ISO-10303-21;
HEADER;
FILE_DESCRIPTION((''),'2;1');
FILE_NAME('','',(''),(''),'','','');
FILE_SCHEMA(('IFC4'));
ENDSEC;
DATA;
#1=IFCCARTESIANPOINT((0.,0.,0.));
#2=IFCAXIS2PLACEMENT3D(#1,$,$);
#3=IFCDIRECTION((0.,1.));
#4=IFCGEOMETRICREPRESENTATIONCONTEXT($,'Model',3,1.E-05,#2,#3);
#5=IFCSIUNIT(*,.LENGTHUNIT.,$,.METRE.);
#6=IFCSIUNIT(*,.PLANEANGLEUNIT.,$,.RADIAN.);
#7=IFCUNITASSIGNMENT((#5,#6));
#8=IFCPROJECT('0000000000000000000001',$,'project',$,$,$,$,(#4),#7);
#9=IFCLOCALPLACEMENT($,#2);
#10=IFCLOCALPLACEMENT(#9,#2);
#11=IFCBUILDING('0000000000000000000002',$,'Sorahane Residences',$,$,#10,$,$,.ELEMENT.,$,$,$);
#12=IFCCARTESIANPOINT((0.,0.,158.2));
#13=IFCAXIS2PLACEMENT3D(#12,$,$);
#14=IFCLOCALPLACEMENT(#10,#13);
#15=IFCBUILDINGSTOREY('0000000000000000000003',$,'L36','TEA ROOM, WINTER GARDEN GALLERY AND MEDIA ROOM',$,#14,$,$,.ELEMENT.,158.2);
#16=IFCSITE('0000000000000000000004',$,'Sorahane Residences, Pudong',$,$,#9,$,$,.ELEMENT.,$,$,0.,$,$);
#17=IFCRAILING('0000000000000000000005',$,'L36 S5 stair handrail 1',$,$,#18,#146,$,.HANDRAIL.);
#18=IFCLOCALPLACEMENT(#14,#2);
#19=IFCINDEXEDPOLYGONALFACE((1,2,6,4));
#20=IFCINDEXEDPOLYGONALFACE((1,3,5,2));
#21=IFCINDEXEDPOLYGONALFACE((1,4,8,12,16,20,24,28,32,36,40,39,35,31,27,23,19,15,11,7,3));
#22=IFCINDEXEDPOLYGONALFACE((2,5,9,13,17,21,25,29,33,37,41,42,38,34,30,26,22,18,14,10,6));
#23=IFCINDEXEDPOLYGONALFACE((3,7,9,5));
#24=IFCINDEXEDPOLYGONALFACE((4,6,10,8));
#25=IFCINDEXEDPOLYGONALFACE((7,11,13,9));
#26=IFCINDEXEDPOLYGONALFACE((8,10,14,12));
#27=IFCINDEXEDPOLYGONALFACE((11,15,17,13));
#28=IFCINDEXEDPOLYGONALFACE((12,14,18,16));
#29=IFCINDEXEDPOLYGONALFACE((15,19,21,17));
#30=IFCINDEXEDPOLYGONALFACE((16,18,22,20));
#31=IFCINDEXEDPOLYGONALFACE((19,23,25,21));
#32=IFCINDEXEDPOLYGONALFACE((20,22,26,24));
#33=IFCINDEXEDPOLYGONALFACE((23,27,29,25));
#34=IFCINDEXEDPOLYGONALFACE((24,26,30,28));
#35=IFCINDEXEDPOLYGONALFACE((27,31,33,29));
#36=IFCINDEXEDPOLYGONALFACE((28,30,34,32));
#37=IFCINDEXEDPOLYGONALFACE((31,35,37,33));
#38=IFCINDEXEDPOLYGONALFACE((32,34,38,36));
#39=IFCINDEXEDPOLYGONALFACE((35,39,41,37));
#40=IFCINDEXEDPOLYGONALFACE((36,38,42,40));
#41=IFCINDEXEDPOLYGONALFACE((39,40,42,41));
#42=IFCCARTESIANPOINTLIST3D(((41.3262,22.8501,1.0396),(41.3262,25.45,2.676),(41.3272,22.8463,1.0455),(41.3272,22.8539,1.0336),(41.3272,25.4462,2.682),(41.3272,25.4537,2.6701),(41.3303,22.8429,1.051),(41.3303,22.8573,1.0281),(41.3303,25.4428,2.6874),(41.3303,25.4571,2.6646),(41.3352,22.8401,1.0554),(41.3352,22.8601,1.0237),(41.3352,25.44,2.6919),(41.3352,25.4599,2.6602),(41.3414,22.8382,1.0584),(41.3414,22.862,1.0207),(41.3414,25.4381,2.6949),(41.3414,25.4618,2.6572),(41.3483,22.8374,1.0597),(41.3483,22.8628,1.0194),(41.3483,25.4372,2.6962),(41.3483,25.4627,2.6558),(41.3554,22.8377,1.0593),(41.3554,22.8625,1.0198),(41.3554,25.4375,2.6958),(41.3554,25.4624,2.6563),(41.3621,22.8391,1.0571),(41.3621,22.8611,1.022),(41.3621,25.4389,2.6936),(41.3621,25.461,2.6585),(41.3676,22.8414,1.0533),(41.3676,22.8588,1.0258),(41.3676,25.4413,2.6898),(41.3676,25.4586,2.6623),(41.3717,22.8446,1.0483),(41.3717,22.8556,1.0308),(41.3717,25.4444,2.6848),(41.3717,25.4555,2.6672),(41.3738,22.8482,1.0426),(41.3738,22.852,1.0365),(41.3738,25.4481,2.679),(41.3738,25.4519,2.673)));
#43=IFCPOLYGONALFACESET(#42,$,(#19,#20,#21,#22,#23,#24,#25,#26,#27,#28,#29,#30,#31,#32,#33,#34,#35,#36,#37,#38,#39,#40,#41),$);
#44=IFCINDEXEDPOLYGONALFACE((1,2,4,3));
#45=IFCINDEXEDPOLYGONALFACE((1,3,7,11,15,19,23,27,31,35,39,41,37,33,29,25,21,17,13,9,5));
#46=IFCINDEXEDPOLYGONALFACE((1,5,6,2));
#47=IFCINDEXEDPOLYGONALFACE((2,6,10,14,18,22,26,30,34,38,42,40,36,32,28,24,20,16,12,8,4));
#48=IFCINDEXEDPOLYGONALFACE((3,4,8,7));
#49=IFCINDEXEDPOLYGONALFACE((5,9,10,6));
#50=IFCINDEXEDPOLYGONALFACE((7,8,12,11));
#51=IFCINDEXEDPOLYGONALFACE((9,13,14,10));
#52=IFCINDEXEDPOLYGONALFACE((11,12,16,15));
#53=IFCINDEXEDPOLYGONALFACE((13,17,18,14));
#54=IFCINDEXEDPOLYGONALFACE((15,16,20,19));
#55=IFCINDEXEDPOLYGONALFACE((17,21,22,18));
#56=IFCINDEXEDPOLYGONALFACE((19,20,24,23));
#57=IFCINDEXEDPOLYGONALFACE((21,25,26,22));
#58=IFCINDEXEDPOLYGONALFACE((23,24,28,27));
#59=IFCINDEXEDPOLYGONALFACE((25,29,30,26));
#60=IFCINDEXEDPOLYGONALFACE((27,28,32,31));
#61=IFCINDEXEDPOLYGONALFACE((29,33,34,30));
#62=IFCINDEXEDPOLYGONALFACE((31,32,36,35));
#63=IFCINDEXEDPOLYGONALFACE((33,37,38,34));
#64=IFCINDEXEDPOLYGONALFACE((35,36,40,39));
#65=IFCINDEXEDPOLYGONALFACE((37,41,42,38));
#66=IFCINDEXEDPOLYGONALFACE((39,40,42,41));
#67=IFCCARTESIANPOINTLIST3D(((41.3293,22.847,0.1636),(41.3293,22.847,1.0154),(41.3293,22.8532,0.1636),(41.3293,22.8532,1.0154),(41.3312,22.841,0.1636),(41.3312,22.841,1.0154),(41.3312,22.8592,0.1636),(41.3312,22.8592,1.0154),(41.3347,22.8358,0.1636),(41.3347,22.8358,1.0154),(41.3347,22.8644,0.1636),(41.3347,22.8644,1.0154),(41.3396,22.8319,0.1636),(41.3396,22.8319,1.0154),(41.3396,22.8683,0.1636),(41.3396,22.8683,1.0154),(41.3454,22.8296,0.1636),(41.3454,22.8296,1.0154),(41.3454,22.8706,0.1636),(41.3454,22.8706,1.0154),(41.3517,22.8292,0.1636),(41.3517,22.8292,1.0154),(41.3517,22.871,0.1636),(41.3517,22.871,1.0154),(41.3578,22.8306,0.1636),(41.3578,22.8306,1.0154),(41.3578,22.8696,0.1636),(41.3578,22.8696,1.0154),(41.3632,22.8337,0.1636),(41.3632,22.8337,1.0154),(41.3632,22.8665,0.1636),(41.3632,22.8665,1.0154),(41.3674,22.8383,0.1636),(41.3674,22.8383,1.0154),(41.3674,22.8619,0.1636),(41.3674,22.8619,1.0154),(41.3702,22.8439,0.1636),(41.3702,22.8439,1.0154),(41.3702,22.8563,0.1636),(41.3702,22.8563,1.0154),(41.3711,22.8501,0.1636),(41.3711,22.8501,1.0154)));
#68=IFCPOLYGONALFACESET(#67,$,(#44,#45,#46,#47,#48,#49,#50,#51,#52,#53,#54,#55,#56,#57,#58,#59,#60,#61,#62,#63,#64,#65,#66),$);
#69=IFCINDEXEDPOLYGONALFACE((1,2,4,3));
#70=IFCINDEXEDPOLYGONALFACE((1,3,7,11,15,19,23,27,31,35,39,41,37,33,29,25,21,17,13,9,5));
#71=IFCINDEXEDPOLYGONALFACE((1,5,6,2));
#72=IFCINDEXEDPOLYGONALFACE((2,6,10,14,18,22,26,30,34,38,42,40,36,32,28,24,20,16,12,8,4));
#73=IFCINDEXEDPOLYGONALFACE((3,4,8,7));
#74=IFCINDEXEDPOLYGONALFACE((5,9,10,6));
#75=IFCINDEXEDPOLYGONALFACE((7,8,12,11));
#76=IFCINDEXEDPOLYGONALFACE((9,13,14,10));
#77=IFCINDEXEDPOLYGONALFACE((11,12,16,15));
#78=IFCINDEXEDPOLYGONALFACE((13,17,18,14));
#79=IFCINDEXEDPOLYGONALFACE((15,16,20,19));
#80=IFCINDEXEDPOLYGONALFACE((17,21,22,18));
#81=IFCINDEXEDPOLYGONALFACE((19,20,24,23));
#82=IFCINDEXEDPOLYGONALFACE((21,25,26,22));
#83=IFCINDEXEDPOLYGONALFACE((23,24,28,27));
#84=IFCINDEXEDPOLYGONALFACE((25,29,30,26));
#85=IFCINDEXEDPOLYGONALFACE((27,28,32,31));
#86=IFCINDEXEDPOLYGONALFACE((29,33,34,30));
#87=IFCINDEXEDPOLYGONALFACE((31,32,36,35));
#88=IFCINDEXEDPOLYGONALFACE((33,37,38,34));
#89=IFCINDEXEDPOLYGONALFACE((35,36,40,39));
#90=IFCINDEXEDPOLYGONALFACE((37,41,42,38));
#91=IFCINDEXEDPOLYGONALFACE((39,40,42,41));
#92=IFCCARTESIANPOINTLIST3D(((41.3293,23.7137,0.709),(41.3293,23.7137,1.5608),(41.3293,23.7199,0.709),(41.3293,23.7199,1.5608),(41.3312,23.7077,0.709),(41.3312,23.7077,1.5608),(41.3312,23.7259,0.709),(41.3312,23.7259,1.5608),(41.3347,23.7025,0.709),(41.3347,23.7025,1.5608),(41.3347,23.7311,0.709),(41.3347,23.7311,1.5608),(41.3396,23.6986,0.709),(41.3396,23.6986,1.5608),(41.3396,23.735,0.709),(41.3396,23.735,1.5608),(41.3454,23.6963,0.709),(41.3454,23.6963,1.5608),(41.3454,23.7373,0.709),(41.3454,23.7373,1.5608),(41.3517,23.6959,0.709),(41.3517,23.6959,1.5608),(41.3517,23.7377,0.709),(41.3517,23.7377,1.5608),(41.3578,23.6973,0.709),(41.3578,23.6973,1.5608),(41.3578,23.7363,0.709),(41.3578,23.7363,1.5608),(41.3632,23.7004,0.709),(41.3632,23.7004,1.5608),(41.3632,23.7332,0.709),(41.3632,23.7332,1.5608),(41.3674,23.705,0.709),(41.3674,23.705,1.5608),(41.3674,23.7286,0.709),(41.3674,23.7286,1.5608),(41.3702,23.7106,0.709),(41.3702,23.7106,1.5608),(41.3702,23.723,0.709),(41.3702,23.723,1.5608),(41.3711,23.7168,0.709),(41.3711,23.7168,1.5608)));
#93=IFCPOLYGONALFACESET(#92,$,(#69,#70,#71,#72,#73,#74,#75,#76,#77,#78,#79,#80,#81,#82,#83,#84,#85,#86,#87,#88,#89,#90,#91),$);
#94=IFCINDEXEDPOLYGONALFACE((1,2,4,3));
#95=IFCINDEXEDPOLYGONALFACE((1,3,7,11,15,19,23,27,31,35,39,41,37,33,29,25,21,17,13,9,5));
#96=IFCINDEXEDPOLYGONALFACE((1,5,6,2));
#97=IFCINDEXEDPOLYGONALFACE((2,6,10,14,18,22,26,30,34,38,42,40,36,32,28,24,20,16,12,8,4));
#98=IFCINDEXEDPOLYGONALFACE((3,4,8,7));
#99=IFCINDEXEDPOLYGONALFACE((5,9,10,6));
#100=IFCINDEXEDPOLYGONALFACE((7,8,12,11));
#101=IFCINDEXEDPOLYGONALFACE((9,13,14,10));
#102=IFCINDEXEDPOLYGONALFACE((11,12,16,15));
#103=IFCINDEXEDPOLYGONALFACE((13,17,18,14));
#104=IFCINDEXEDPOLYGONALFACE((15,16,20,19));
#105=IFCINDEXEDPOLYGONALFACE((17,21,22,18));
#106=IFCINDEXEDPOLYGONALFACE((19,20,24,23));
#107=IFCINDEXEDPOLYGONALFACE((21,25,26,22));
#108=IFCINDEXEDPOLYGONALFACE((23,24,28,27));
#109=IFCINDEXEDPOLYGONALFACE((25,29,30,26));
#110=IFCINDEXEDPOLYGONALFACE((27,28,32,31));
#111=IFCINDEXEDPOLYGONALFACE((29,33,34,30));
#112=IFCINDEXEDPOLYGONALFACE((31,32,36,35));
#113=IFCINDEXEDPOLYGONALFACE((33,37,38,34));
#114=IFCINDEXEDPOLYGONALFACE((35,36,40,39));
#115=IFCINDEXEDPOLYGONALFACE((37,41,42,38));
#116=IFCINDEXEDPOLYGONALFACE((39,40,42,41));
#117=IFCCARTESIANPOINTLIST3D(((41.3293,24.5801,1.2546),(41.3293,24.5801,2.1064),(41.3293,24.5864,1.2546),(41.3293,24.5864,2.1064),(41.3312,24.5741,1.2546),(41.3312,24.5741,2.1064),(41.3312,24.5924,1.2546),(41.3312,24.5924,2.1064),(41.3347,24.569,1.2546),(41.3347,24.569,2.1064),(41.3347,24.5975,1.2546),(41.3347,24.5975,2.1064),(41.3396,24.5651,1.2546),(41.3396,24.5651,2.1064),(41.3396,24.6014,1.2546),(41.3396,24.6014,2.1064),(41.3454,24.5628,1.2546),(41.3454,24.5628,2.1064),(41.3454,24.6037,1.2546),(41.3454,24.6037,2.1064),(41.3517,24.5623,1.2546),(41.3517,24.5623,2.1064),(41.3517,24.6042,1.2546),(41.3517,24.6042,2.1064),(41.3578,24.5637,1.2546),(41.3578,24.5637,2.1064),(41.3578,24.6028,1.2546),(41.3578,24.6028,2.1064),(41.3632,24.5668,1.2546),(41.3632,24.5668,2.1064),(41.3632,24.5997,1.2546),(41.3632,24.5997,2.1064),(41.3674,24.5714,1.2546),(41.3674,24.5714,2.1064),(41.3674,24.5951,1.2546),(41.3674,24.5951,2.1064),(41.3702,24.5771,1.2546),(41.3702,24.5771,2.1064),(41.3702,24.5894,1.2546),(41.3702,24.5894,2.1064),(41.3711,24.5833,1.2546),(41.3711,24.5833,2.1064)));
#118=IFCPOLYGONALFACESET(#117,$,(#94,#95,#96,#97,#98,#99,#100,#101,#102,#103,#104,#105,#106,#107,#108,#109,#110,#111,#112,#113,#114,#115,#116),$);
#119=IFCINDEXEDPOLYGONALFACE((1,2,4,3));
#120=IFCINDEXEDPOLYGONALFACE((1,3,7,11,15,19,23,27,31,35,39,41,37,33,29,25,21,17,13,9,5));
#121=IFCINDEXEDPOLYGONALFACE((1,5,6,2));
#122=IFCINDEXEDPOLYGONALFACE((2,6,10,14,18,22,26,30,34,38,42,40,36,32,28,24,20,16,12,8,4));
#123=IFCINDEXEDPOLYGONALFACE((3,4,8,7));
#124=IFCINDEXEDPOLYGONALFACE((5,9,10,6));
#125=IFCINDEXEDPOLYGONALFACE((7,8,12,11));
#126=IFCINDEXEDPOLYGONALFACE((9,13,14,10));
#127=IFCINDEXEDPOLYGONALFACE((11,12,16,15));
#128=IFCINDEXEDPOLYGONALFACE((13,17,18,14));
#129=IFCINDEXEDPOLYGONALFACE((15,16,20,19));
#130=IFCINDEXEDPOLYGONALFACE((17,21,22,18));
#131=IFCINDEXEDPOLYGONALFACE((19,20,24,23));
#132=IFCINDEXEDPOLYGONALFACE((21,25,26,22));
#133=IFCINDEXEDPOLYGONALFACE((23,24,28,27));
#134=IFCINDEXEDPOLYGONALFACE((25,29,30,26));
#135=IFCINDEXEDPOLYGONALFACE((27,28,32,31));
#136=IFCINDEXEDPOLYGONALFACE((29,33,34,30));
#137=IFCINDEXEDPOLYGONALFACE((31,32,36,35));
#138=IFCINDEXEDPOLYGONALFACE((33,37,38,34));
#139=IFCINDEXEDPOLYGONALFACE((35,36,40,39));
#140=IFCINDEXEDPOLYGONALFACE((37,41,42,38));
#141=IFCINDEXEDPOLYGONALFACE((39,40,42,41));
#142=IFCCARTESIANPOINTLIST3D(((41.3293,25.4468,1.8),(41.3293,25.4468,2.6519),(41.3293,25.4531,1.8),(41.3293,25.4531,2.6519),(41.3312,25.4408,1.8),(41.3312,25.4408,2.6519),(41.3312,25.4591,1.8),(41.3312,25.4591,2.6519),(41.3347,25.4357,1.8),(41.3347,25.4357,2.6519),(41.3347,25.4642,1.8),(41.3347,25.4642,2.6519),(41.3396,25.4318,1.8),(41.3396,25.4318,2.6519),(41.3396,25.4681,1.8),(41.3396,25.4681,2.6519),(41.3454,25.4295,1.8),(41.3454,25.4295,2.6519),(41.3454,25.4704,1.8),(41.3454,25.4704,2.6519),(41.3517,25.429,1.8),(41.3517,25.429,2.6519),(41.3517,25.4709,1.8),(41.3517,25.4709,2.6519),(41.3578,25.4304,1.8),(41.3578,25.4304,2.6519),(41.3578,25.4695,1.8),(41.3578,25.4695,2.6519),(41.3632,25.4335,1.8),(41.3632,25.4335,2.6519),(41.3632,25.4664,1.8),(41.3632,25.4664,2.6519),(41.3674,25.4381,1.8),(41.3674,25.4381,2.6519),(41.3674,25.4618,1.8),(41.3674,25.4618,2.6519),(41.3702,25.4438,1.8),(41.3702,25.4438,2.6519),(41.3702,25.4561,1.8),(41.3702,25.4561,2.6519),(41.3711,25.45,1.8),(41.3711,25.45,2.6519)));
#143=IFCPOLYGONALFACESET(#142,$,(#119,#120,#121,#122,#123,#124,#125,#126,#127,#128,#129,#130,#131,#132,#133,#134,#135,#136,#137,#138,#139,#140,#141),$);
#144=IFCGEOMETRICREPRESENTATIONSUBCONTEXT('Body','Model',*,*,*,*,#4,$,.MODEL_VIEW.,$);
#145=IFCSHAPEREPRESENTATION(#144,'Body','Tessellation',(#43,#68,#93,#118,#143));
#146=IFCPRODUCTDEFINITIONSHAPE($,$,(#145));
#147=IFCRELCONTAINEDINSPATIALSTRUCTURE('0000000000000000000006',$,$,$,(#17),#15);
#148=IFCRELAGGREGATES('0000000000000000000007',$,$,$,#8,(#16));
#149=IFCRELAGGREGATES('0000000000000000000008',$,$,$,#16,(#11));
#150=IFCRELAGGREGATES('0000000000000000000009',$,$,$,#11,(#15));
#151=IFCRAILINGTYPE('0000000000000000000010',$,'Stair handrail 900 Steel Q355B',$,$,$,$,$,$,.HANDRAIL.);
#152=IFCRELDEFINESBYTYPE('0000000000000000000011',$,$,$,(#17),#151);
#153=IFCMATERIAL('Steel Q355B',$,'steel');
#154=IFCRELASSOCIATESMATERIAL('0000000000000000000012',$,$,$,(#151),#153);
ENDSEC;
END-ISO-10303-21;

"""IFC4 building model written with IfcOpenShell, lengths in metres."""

from ifc_helpers import new_model, si_unit, direction, frame, origin, origin_2d, place, context, subcontext, project, spatial, circle, extrude, material, type_object, element, save


model = new_model("IFC4")

# Units and contexts
model_context = context("Model", 3, precision=1e-05, world=origin(), true_north=direction((0.0, 1.0)))
body_context = subcontext(model_context, "Body", "Model", "MODEL_VIEW")
ifc_project = project(units=[si_unit("LENGTHUNIT", "METRE"), si_unit("PLANEANGLEUNIT", "RADIAN")], contexts=[model_context])

# Site, building, storey
site_placement = place(None, origin())
site = spatial("IfcSite", under=ifc_project, at=site_placement, Name="Sorahane Residences, Pudong", CompositionType="ELEMENT", RefElevation=0.0)
building_placement = place(site_placement, origin())
building = spatial("IfcBuilding", under=site, at=building_placement, Name="Sorahane Residences", CompositionType="ELEMENT")
storey_placement = place(building_placement, frame((0.0, 0.0, 158.2)))
storey = spatial("IfcBuildingStorey", under=building, at=storey_placement, Name="L36", Description="TEA ROOM, WINTER GARDEN GALLERY AND MEDIA ROOM", CompositionType="ELEMENT", Elevation=158.2)

# Railing
ifc_material_1 = material(Name="Steel Q355B", Category="steel")
railing_type_1 = type_object("IfcRailingType", Name="Stair handrail 900 Steel Q355B", PredefinedType="HANDRAIL", material=ifc_material_1)
railing_1_placement = place(storey_placement, frame((41.3501, 22.8501, 0.1636)))
element("IfcRailing", 1, at=railing_1_placement, inside=storey, type_object=railing_type_1, Name="L36 S5 stair handrail 1", PredefinedType="HANDRAIL", context=body_context, shape_type="SweptSolid", body=[
    extrude(circle(Radius=0.0239, at=origin_2d()), frame((0.0, 0.0, 0.876), z_axis=(0.0, 0.846302, 0.532704), x_axis=(-1.0, 0.0, 0.0)), (0.0, 0.0, 1.0), 3.072),
    extrude(circle(Radius=0.021, at=origin_2d()), origin(), (0.0, 0.0, 1.0), 0.8518),
    extrude(circle(Radius=0.021, at=origin_2d()), frame((0.0, 0.8667, 0.5454)), (0.0, 0.0, 1.0), 0.8518),
    extrude(circle(Radius=0.021, at=origin_2d()), frame((0.0, 1.7332, 1.0911)), (0.0, 0.0, 1.0), 0.8518),
    extrude(circle(Radius=0.021, at=origin_2d()), frame((0.0, 2.5999, 1.6365)), (0.0, 0.0, 1.0), 0.8518),
])

save(model, "model.ifc")
